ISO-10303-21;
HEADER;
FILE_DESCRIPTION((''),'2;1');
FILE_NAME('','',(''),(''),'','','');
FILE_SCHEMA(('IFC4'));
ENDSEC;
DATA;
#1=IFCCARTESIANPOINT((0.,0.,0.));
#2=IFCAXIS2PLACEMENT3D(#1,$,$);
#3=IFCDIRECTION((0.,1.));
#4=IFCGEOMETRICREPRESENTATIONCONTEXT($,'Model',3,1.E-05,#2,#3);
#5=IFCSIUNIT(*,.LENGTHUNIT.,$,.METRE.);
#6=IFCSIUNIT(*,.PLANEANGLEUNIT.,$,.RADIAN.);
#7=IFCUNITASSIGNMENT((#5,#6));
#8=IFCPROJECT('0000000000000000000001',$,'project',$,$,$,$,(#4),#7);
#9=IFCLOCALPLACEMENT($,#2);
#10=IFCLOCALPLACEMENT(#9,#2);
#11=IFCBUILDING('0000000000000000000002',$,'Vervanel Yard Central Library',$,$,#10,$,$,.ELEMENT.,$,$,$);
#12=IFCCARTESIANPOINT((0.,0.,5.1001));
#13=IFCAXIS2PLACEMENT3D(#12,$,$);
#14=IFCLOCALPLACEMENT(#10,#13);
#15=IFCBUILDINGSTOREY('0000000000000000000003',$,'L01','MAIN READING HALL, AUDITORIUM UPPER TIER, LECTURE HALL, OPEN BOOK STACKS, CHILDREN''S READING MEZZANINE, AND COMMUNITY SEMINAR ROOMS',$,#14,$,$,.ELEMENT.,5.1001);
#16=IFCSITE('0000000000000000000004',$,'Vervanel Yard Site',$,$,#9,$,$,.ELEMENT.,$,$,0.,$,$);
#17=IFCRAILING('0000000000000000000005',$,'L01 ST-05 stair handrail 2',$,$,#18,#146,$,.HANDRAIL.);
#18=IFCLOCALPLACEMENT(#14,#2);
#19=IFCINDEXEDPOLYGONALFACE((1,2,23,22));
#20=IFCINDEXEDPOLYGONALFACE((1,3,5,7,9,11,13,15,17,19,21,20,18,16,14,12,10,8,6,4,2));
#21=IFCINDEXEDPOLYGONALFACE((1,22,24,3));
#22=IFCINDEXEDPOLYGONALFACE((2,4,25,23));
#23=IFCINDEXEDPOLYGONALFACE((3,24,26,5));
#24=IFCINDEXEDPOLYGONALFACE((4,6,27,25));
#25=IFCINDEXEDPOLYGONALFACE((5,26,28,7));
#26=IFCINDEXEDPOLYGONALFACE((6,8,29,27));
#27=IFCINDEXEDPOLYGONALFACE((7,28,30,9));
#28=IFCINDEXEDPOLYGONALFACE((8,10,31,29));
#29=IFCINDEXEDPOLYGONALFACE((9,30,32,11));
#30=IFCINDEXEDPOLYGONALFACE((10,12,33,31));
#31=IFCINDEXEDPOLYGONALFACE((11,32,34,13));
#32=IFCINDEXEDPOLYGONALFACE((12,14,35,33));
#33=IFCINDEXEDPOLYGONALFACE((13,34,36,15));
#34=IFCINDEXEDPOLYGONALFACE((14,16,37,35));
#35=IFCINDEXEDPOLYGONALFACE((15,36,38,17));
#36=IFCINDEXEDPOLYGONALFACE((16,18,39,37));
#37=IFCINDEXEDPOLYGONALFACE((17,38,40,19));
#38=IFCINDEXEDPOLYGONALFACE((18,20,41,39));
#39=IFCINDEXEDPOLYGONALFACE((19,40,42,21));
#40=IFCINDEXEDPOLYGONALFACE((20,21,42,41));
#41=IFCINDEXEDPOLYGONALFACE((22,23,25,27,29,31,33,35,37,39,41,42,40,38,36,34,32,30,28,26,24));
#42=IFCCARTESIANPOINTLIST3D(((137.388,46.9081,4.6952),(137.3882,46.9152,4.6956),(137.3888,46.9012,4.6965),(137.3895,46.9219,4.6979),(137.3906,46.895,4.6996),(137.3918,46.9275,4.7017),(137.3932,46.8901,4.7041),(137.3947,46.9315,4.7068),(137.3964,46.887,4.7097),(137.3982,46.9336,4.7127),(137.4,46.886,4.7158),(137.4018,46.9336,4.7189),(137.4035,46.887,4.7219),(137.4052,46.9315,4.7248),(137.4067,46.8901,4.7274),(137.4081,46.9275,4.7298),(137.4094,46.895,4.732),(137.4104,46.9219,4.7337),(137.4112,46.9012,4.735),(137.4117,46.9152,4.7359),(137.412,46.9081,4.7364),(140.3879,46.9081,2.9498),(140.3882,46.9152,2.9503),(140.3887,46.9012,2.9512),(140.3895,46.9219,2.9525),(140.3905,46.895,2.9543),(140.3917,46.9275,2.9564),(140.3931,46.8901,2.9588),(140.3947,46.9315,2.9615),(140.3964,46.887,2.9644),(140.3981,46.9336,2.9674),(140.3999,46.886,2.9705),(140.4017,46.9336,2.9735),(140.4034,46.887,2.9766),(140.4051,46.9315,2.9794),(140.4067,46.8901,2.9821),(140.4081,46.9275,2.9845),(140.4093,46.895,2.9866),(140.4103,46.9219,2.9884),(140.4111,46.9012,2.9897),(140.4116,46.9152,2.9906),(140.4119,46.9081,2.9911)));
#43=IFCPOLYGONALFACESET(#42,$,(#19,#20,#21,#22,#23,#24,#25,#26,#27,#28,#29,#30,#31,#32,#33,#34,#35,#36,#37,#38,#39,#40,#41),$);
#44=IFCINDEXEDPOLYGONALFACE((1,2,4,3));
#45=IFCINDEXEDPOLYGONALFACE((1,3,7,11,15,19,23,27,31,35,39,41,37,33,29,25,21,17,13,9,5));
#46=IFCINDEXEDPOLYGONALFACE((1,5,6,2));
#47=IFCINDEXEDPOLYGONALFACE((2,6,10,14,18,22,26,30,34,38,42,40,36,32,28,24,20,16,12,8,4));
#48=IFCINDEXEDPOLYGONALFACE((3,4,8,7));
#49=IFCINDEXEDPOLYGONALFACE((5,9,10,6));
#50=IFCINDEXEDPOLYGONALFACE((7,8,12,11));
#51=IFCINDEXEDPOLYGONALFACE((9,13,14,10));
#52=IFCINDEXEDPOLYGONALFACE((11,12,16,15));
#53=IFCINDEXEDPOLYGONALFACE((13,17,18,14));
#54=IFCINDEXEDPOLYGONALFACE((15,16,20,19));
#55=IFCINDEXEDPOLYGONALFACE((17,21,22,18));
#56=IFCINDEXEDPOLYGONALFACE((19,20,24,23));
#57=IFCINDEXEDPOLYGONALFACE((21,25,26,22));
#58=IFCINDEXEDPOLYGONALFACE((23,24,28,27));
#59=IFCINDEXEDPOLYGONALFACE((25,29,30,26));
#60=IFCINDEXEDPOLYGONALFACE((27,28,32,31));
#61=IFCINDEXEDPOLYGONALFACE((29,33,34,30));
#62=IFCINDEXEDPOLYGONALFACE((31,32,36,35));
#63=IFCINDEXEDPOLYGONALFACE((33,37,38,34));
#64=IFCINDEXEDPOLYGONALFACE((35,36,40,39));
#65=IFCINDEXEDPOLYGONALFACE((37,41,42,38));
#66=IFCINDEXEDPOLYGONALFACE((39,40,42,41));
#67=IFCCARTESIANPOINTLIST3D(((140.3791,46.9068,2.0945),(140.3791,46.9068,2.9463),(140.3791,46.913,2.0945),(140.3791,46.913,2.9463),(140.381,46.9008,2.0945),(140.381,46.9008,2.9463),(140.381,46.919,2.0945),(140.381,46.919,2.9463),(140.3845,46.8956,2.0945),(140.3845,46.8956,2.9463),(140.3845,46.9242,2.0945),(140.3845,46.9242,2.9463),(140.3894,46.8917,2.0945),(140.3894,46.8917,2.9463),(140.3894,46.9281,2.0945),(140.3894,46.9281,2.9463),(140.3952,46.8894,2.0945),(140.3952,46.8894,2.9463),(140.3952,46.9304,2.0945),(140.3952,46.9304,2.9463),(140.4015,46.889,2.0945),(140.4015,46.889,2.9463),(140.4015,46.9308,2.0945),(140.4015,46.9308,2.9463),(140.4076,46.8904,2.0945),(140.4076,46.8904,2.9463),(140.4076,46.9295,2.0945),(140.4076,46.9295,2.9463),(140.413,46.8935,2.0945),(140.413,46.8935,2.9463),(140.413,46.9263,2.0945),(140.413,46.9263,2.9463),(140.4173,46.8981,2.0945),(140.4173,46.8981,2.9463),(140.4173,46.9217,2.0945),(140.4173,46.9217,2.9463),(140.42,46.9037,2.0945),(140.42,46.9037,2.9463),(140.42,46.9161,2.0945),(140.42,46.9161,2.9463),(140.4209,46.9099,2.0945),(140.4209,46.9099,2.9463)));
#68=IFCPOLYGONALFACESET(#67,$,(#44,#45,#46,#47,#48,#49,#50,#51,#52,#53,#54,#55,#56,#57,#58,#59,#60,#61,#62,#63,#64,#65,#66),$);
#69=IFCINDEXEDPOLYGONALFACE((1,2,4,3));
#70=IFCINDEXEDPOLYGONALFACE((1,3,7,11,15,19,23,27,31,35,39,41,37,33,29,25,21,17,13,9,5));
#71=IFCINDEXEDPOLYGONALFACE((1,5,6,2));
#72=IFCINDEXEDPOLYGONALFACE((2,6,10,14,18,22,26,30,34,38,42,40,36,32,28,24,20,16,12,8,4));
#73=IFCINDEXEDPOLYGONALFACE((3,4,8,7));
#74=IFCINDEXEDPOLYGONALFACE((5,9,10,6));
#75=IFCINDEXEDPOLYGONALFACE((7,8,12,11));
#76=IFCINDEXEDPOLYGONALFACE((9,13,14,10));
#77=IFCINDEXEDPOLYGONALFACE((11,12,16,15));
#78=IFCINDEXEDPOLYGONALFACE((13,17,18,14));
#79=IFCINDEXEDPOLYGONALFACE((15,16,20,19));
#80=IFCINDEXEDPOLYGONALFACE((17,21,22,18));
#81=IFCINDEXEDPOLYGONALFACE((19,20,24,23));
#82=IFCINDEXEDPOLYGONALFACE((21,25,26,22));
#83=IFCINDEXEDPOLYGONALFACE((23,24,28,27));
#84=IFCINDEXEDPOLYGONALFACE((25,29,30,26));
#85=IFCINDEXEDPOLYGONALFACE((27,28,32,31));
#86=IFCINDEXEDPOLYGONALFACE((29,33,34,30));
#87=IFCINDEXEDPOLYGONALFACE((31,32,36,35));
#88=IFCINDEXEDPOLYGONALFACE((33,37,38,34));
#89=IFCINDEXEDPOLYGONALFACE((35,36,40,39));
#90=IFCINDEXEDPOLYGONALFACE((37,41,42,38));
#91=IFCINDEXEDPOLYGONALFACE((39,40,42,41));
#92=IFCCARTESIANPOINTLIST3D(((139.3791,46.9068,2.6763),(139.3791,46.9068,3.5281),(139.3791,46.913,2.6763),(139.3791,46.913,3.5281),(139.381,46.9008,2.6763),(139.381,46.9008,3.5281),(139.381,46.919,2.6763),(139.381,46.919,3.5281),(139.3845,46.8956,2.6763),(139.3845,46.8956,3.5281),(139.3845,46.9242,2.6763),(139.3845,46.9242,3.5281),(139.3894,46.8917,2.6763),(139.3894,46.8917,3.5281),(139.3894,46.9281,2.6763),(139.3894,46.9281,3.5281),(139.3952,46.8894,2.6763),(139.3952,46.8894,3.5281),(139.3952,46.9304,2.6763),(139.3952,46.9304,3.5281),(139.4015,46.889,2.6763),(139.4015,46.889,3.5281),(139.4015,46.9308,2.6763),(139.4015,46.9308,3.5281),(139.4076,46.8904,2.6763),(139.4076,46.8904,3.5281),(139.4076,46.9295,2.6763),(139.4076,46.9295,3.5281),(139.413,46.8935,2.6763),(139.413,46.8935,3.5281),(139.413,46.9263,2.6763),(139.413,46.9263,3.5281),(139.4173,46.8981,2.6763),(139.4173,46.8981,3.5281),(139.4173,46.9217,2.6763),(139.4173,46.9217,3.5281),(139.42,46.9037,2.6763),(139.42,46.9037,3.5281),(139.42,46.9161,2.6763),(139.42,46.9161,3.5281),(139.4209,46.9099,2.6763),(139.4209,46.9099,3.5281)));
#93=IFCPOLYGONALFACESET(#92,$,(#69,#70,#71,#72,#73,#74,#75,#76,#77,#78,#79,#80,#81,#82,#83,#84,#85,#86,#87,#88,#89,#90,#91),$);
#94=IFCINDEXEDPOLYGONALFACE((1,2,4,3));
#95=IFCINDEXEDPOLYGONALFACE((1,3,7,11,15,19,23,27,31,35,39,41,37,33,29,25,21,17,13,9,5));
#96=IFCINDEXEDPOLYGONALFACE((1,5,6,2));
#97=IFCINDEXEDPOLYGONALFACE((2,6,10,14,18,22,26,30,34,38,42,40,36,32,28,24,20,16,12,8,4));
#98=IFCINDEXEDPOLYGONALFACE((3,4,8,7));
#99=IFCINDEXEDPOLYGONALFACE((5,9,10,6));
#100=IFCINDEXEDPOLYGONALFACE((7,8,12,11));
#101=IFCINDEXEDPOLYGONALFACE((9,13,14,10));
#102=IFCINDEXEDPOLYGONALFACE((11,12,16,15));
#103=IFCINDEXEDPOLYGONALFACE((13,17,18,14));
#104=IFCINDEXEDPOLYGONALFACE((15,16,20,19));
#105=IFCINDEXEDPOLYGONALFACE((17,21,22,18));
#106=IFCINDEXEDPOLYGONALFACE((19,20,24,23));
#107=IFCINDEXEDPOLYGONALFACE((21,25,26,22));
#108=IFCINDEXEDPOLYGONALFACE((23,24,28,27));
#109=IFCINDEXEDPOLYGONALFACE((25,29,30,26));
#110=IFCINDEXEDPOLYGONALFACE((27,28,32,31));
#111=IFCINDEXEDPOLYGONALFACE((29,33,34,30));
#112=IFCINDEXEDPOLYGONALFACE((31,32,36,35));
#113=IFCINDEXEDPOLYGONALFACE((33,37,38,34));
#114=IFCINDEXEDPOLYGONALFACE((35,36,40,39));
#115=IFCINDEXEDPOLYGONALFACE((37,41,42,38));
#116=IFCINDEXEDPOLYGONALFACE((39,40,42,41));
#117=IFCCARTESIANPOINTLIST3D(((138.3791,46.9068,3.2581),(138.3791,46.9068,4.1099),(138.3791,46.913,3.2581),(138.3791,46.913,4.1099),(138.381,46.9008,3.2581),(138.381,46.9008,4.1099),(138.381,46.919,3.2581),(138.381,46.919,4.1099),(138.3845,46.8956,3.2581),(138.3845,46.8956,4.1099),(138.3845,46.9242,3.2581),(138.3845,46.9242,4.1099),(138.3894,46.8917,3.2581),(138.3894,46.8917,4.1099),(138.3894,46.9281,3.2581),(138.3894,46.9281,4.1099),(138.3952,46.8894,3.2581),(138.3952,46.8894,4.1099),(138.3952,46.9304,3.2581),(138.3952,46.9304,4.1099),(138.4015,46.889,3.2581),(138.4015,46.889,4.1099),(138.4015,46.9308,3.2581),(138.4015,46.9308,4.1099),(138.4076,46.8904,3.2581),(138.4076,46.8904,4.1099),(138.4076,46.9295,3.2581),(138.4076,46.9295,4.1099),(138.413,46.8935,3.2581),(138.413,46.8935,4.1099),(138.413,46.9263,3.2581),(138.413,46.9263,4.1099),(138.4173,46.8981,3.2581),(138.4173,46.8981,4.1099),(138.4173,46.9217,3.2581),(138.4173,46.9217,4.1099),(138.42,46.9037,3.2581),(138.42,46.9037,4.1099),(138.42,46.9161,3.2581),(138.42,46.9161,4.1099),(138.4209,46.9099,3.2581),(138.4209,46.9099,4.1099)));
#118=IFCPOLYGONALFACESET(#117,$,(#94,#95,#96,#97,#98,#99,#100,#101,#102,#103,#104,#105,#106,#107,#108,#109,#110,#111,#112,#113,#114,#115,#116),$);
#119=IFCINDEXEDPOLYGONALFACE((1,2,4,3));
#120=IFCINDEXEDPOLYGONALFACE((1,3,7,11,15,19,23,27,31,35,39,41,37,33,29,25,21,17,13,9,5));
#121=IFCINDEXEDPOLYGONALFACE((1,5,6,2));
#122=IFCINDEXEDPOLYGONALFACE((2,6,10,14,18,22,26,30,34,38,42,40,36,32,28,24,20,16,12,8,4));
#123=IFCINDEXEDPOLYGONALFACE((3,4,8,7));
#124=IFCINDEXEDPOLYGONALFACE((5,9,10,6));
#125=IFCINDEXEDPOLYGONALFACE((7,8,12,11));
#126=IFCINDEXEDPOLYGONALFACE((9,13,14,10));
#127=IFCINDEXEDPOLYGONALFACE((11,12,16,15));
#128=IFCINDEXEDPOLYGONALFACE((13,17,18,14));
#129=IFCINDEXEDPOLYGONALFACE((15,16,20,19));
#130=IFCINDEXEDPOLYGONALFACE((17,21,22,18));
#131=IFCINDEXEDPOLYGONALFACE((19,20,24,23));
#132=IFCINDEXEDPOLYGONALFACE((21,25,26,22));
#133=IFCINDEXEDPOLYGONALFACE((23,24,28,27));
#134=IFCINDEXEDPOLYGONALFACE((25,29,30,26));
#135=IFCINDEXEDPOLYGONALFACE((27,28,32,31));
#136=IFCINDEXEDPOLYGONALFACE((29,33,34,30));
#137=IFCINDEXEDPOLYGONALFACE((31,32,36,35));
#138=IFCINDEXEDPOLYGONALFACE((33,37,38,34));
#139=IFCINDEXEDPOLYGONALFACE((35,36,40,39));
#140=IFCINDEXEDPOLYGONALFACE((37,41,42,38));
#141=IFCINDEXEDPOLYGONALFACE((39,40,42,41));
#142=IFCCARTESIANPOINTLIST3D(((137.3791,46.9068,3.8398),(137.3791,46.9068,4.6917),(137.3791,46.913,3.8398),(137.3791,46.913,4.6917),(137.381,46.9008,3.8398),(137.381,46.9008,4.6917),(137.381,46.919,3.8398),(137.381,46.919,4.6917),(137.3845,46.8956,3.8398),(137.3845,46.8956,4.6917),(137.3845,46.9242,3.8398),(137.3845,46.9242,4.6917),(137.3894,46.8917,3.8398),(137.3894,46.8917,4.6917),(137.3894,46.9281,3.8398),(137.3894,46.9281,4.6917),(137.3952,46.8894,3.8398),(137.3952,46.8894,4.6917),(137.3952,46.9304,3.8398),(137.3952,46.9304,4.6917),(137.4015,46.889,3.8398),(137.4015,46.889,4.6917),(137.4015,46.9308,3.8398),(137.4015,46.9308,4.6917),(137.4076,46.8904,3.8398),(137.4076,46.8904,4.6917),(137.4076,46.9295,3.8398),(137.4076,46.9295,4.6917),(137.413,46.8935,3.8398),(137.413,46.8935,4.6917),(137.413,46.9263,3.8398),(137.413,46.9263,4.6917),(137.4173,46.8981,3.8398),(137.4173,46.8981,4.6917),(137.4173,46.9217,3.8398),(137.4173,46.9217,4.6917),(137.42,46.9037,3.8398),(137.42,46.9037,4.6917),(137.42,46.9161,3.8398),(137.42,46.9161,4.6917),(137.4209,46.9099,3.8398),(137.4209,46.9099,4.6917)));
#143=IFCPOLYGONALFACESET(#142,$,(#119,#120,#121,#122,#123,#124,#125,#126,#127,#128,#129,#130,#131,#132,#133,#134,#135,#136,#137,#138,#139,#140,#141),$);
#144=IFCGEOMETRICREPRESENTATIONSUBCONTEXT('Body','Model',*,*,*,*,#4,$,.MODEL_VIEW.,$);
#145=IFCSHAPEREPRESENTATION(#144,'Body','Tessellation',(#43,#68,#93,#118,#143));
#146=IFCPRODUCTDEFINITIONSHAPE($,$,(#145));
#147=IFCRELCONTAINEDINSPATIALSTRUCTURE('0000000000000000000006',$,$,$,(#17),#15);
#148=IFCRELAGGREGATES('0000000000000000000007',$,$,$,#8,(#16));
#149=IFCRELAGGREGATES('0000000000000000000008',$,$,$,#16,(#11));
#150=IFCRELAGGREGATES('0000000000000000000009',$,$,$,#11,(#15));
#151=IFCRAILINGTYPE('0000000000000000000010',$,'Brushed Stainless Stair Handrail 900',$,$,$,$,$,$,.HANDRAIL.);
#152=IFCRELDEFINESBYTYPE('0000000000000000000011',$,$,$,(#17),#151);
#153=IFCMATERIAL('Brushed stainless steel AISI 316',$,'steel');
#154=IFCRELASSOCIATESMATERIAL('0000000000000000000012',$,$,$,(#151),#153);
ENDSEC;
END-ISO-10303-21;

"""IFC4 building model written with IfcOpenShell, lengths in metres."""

from ifc_helpers import new_model, si_unit, direction, frame, origin, origin_2d, place, context, subcontext, project, spatial, circle, extrude, material, type_object, element, save


model = new_model("IFC4")

# Units and contexts
model_context = context("Model", 3, precision=1e-05, world=origin(), true_north=direction((0.0, 1.0)))
body_context = subcontext(model_context, "Body", "Model", "MODEL_VIEW")
ifc_project = project(units=[si_unit("LENGTHUNIT", "METRE"), si_unit("PLANEANGLEUNIT", "RADIAN")], contexts=[model_context])

# Site, building, storey
site_placement = place(None, origin())
site = spatial("IfcSite", under=ifc_project, at=site_placement, Name="Vervanel Yard Site", CompositionType="ELEMENT", RefElevation=0.0)
building_placement = place(site_placement, origin())
building = spatial("IfcBuilding", under=site, at=building_placement, Name="Vervanel Yard Central Library", CompositionType="ELEMENT")
storey_placement = place(building_placement, frame((0.0, 0.0, 5.1001)))
storey = spatial("IfcBuildingStorey", under=building, at=storey_placement, Name="L01", Description="MAIN READING HALL, AUDITORIUM UPPER TIER, LECTURE HALL, OPEN BOOK STACKS, CHILDREN'S READING MEZZANINE, AND COMMUNITY SEMINAR ROOMS", CompositionType="ELEMENT", Elevation=5.1001)

# Shared definitions
ifc_material_1 = material(Name="Brushed stainless steel AISI 316", Category="steel")

# Railing
railing_type_1 = type_object("IfcRailingType", Name="Brushed Stainless Stair Handrail 900", PredefinedType="HANDRAIL", material=ifc_material_1)
railing_1_placement = place(storey_placement, frame((140.3999, 46.9099, 2.0945)))
element("IfcRailing", 1, at=railing_1_placement, inside=storey, type_object=railing_type_1, Name="L01 ST-05 stair handrail 2", PredefinedType="HANDRAIL", context=body_context, shape_type="SweptSolid", body=[
    extrude(circle(Radius=0.0239, at=origin_2d()), frame((0.0, 0.0, 0.876), z_axis=(-0.86436, 0.0, 0.502874), x_axis=(0.0, -1.0, 0.0)), (0.0, 0.0, 1.0), 3.4707),
    extrude(circle(Radius=0.021, at=origin_2d()), origin(), (0.0, 0.0, 1.0), 0.8518),
    extrude(circle(Radius=0.021, at=origin_2d()), frame((-1.0, 0.0, 0.5818)), (0.0, 0.0, 1.0), 0.8518),
    extrude(circle(Radius=0.021, at=origin_2d()), frame((-2.0, 0.0, 1.1636)), (0.0, 0.0, 1.0), 0.8518),
    extrude(circle(Radius=0.021, at=origin_2d()), frame((-3.0, 0.0, 1.7454)), (0.0, 0.0, 1.0), 0.8518),
])

save(model, "model.ifc")
